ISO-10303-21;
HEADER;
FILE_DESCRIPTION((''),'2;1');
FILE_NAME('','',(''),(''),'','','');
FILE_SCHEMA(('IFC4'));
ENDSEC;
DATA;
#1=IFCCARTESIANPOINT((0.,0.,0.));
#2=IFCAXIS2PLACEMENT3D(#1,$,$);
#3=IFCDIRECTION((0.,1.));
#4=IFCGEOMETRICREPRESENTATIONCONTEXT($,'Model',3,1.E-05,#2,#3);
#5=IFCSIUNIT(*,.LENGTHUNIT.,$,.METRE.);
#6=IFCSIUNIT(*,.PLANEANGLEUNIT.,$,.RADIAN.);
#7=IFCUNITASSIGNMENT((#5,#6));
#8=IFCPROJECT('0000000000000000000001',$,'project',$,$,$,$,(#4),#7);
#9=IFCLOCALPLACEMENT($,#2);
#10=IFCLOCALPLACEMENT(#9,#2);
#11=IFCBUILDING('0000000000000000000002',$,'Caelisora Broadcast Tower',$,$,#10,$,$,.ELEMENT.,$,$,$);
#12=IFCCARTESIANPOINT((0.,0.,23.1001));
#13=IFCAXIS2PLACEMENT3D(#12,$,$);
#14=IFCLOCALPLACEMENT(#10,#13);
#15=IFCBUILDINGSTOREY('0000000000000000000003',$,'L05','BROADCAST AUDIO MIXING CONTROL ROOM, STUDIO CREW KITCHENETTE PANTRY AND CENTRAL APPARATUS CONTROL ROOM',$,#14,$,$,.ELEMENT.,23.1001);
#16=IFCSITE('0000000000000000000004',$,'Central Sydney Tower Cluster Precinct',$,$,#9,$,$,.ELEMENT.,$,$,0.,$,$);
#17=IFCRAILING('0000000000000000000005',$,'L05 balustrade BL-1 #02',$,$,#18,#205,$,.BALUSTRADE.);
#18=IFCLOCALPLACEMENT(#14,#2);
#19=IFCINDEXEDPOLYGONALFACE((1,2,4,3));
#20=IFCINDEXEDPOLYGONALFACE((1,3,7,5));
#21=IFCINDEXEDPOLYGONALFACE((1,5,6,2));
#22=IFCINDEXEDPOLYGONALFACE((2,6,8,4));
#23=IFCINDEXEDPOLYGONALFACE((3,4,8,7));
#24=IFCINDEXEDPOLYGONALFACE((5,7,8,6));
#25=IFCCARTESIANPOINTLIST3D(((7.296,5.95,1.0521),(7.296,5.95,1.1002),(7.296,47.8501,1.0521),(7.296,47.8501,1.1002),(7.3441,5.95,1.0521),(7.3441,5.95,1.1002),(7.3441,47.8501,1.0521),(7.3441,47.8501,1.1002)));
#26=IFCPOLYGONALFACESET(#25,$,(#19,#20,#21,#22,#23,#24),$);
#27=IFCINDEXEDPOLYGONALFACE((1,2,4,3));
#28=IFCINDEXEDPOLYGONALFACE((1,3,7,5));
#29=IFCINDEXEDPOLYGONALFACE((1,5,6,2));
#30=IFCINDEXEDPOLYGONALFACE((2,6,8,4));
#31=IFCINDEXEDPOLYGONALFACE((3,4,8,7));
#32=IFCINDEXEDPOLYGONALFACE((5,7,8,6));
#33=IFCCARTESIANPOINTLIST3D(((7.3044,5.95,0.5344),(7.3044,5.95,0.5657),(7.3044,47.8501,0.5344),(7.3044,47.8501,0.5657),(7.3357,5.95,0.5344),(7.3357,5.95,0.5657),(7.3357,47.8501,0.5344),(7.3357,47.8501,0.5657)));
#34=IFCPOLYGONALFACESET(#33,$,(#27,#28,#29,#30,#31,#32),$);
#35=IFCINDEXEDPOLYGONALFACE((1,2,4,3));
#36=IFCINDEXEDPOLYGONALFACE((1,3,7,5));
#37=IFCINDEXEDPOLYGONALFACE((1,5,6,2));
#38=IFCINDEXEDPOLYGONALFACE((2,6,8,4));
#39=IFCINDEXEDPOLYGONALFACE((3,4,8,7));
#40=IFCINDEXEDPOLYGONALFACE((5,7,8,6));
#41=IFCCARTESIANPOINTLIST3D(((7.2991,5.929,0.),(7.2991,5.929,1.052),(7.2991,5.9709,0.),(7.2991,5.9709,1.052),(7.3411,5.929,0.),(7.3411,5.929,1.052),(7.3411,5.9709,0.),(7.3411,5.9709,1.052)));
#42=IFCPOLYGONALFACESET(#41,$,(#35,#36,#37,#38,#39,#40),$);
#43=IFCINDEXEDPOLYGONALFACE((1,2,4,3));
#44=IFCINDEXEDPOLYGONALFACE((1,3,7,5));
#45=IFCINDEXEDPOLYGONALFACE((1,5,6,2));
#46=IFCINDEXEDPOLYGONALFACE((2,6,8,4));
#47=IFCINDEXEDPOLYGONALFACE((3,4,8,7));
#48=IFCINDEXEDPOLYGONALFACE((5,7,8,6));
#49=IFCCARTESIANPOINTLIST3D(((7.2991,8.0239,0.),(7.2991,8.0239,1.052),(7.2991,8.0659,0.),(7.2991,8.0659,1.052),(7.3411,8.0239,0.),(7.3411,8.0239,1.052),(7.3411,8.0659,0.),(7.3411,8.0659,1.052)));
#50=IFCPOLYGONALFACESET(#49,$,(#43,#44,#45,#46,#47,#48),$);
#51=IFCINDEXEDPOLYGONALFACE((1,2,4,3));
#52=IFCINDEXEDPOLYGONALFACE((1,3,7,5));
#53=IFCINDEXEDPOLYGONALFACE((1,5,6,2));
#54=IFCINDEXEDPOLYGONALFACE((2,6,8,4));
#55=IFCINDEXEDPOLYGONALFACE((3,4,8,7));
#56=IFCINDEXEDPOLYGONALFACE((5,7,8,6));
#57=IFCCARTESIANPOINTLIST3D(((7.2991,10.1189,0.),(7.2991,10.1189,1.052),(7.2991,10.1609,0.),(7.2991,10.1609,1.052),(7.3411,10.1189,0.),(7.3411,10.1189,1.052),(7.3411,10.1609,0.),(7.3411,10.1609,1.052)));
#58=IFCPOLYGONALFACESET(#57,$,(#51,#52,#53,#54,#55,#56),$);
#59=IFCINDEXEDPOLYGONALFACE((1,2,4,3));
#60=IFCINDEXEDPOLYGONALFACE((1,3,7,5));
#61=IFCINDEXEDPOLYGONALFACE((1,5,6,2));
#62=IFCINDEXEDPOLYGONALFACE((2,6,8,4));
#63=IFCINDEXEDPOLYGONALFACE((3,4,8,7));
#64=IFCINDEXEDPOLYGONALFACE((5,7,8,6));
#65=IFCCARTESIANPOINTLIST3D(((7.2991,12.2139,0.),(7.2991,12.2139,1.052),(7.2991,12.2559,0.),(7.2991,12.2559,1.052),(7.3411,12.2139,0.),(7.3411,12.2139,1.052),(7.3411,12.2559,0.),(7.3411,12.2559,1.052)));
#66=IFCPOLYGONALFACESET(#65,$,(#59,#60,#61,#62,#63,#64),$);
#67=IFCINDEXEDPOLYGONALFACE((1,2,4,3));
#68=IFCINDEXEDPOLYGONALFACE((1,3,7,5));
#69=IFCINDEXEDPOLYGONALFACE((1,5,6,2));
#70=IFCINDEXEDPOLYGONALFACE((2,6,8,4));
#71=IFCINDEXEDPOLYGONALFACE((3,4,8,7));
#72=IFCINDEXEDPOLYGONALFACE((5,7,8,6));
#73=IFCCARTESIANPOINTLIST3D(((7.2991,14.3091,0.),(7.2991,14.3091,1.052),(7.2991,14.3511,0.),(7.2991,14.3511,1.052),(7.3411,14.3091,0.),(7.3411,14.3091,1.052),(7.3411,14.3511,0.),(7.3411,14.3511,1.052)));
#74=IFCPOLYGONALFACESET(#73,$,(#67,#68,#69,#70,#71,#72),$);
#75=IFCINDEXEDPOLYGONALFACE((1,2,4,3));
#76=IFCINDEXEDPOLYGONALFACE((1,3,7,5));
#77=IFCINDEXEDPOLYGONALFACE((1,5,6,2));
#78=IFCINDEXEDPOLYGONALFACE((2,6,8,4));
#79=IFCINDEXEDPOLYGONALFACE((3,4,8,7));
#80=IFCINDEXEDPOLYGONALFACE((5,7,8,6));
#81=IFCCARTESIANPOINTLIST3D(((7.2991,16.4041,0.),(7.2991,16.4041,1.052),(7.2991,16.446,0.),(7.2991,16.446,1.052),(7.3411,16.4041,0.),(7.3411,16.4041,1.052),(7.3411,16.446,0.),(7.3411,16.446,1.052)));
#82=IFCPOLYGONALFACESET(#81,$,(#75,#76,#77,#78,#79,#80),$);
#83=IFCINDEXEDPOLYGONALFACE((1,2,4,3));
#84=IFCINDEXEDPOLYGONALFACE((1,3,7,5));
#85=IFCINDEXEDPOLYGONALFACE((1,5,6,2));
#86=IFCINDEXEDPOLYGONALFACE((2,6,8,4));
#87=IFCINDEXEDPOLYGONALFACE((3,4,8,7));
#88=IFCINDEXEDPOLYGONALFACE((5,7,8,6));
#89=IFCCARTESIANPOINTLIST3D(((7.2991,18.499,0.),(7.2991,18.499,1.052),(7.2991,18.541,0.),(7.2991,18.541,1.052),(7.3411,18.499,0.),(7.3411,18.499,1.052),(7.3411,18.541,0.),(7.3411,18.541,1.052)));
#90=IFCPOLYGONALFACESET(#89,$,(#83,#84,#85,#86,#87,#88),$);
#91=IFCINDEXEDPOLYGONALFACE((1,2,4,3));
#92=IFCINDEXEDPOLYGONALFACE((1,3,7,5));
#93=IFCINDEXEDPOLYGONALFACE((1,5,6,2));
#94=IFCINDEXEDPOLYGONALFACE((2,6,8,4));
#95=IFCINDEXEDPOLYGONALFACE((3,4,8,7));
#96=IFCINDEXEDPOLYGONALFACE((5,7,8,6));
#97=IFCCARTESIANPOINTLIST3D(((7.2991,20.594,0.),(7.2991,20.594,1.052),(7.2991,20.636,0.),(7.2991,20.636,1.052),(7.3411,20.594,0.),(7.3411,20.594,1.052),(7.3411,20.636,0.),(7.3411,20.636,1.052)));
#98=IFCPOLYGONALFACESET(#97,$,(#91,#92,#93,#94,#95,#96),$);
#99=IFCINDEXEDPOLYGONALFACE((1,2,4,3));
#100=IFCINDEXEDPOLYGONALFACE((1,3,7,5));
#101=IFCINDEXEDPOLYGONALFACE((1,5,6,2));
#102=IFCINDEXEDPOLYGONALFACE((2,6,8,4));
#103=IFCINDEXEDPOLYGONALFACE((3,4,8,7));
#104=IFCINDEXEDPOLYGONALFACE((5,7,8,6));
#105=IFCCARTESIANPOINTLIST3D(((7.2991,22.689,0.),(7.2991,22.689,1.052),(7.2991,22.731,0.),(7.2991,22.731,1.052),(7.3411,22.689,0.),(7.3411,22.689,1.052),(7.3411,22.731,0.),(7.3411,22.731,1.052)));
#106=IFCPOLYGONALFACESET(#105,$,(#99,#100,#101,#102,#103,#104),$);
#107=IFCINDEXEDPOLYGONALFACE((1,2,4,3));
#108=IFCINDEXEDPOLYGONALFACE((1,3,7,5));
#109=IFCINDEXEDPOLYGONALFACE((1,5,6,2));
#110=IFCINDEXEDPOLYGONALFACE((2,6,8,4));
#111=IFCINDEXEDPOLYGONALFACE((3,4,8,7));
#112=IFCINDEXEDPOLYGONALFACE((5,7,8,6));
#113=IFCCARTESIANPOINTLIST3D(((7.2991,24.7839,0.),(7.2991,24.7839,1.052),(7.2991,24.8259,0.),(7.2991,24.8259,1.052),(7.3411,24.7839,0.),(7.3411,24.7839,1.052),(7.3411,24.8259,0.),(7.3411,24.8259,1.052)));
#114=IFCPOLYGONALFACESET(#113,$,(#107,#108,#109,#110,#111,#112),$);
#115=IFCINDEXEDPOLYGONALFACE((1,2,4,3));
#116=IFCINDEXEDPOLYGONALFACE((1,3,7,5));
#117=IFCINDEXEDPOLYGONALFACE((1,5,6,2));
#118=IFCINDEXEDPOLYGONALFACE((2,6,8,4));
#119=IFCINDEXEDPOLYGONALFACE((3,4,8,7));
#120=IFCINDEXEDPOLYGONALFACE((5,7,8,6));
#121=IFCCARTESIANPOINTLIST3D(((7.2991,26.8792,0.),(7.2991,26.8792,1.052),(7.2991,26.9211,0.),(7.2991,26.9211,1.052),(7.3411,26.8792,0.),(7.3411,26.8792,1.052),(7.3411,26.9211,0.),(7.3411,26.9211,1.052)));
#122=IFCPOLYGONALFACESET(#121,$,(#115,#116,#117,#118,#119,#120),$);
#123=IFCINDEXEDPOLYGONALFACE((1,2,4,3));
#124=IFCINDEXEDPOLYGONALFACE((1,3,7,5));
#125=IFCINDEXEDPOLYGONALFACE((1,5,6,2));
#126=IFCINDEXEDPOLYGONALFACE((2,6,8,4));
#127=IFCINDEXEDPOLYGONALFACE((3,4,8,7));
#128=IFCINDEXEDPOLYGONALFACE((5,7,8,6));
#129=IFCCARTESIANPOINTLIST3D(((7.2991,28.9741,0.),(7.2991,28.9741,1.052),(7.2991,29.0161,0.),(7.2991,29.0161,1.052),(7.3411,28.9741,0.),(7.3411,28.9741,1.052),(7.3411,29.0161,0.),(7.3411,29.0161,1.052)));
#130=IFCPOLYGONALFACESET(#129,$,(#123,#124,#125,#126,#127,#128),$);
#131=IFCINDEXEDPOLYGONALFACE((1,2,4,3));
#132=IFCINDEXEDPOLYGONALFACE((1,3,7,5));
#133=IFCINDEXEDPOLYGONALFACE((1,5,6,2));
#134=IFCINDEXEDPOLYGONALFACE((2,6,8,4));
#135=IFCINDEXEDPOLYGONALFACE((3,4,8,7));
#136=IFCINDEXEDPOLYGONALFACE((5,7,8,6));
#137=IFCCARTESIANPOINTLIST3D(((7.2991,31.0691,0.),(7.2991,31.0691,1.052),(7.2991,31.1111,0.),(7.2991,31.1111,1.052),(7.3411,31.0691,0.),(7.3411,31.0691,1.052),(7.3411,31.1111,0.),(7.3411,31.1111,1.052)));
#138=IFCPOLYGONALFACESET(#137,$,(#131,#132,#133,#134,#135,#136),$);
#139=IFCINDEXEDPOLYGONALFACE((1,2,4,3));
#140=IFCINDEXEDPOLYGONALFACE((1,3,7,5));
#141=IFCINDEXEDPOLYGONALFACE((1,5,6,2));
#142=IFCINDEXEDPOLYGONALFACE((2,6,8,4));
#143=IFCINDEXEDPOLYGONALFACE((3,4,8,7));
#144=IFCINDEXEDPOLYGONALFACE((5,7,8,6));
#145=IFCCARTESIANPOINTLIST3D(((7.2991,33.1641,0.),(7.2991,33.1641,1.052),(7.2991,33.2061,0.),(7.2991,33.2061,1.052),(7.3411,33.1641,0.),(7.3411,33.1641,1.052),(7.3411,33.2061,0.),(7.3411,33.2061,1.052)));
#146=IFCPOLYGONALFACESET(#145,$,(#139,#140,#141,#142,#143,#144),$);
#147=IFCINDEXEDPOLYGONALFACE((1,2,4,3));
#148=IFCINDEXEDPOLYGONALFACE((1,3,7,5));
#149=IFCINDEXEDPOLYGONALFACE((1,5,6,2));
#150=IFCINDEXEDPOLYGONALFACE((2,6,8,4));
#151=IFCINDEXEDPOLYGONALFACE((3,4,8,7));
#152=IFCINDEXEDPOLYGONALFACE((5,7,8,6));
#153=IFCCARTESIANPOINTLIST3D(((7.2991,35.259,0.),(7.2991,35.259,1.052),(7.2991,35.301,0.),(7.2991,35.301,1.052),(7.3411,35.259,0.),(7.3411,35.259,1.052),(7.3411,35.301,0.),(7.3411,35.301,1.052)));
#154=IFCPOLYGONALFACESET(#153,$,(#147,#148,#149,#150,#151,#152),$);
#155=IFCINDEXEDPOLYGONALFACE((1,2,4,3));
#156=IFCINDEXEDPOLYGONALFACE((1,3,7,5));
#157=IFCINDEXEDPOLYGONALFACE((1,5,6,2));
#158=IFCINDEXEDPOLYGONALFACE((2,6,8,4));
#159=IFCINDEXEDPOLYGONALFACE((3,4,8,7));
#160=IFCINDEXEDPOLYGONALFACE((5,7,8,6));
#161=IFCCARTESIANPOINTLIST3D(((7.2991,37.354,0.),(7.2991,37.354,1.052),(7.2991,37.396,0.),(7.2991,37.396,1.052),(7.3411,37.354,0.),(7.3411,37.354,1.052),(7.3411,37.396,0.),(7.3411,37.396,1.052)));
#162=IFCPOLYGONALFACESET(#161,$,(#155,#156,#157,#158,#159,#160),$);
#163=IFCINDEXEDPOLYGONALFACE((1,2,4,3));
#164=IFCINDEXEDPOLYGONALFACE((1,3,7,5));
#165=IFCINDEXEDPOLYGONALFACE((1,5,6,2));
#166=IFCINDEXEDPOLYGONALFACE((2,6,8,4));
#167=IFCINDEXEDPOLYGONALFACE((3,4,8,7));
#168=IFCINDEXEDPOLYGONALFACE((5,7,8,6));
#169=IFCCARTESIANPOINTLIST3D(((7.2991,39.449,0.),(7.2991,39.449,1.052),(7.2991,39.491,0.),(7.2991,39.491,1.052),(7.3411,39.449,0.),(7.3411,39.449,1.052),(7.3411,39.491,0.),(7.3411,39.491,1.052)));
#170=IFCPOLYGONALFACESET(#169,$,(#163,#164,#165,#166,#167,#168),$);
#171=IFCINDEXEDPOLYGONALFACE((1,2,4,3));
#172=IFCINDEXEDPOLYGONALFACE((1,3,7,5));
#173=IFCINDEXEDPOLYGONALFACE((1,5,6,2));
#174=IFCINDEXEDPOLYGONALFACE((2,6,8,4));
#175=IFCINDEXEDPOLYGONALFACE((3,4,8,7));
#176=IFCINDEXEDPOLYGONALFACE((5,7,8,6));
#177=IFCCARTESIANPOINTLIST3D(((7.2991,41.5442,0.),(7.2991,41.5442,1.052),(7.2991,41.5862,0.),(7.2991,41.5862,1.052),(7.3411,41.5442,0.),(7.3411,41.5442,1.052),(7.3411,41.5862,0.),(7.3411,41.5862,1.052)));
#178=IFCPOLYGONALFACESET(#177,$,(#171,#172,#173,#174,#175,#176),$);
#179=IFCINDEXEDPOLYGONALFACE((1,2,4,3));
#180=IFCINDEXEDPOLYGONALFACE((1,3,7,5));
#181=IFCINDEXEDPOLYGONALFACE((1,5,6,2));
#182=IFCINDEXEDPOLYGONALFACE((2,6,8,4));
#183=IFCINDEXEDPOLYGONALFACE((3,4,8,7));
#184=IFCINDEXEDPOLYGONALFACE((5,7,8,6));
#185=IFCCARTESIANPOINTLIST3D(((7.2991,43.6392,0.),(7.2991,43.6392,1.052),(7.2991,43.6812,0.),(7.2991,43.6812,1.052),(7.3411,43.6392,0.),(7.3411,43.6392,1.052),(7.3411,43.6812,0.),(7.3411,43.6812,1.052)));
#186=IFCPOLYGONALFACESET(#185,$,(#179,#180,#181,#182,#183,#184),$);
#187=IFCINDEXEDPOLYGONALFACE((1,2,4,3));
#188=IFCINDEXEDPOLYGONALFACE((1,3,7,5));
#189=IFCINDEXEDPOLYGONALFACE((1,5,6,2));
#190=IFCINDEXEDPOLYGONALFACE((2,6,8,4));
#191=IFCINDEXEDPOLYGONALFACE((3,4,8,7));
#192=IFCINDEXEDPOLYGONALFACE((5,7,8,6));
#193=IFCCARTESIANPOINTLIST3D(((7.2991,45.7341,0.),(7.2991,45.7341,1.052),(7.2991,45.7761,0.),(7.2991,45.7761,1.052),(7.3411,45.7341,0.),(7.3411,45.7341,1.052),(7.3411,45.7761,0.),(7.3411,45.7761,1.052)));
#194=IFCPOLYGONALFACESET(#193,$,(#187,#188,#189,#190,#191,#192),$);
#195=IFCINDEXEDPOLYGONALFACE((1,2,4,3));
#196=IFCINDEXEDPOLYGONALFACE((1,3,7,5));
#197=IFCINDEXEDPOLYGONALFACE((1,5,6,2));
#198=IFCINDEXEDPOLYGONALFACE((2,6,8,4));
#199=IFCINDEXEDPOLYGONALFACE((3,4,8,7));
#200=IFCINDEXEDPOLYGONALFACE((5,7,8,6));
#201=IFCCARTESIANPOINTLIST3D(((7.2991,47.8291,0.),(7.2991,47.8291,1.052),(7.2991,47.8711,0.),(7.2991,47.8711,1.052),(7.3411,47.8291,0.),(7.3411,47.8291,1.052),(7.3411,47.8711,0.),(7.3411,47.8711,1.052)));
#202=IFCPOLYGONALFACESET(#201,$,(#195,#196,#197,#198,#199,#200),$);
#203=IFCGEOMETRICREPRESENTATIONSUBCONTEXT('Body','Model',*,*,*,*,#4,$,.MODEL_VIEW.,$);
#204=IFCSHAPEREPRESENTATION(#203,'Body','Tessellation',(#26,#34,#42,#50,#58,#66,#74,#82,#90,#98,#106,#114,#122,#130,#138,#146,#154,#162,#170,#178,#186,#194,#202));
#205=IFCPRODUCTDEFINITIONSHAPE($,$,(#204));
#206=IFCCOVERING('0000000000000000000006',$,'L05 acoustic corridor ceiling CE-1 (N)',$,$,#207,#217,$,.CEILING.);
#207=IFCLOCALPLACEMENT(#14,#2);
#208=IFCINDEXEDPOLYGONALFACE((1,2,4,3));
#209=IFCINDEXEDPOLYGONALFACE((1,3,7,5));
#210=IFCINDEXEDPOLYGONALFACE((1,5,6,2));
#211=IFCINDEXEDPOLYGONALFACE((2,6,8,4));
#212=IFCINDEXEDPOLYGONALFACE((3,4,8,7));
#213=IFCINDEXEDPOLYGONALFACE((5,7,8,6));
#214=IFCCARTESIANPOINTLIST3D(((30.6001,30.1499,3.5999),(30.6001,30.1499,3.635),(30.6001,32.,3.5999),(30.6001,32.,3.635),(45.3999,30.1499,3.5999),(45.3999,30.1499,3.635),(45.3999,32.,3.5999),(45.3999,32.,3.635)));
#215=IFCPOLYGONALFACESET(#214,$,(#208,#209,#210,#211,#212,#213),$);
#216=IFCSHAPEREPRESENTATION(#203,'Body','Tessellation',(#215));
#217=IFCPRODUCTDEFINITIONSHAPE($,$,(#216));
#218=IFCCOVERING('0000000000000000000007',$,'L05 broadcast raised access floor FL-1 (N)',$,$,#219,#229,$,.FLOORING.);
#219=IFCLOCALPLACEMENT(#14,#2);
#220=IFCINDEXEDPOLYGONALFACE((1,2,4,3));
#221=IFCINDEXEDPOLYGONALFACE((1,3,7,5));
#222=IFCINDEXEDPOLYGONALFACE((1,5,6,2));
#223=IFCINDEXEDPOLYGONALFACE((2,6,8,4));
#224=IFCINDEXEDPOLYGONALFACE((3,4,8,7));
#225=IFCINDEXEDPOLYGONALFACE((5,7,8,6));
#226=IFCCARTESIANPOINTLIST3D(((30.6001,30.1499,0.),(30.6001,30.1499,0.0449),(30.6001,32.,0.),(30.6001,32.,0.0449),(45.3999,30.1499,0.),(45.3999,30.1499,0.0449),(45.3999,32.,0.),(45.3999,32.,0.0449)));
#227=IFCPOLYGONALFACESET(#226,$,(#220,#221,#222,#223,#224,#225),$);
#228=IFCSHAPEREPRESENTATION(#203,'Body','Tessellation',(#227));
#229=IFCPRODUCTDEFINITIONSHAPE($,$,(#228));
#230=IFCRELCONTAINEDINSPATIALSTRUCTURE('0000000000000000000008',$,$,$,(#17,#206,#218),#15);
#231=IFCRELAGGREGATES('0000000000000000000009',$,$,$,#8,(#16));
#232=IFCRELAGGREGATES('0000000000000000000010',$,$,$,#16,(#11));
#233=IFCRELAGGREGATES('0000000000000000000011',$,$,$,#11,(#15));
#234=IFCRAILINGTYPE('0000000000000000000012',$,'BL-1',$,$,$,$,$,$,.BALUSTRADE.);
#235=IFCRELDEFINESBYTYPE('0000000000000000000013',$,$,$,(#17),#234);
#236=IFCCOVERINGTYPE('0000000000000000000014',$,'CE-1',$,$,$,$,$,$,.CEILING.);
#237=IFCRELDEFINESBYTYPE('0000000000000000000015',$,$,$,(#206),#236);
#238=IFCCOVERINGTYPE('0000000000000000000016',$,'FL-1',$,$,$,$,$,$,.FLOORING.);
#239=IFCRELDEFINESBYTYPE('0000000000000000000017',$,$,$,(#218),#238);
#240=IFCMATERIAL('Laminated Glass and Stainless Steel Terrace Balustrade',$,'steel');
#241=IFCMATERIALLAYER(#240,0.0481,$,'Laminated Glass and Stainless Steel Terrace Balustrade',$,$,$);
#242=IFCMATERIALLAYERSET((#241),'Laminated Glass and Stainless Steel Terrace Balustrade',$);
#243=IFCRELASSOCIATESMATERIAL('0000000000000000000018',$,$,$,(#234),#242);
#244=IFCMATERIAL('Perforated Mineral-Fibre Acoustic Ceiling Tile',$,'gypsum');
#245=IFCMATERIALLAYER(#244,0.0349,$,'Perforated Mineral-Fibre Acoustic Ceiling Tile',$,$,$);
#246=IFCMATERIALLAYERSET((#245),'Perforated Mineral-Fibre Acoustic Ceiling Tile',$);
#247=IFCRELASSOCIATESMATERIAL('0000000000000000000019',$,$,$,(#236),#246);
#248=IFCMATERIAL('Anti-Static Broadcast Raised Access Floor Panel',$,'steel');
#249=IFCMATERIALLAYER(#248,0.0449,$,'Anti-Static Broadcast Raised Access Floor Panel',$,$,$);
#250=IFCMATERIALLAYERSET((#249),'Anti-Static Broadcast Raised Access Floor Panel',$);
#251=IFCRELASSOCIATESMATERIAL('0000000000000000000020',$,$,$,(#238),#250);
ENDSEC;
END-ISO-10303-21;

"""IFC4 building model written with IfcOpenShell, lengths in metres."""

from ifc_helpers import new_model, si_unit, direction, frame, origin, origin_2d, place, context, subcontext, project, spatial, polyline, rectangle, outline, extrude, material, layer, layer_set, type_object, element, save


model = new_model("IFC4")

# Units and contexts
model_context = context("Model", 3, precision=1e-05, world=origin(), true_north=direction((0.0, 1.0)))
body_context = subcontext(model_context, "Body", "Model", "MODEL_VIEW")
ifc_project = project(units=[si_unit("LENGTHUNIT", "METRE"), si_unit("PLANEANGLEUNIT", "RADIAN")], contexts=[model_context])

# Site, building, storey
site_placement = place(None, origin())
site = spatial("IfcSite", under=ifc_project, at=site_placement, Name="Central Sydney Tower Cluster Precinct", CompositionType="ELEMENT", RefElevation=0.0)
building_placement = place(site_placement, origin())
building = spatial("IfcBuilding", under=site, at=building_placement, Name="Caelisora Broadcast Tower", CompositionType="ELEMENT")
storey_placement = place(building_placement, frame((0.0, 0.0, 23.1001)))
storey = spatial("IfcBuildingStorey", under=building, at=storey_placement, Name="L05", Description="BROADCAST AUDIO MIXING CONTROL ROOM, STUDIO CREW KITCHENETTE PANTRY AND CENTRAL APPARATUS CONTROL ROOM", CompositionType="ELEMENT", Elevation=23.1001)

# Railing
ifc_material_1 = material(Name="Laminated Glass and Stainless Steel Terrace Balustrade", Category="steel")
ifc_layer_1 = layer(ifc_material_1, 0.0481, Name="Laminated Glass and Stainless Steel Terrace Balustrade")
ifc_layer_set_1 = layer_set([ifc_layer_1], Name="Laminated Glass and Stainless Steel Terrace Balustrade")
railing_type = type_object("IfcRailingType", Name="BL-1", PredefinedType="BALUSTRADE", material=ifc_layer_set_1)
railing_1_placement = place(storey_placement, frame((7.3201, 5.95, 0.0)))
element("IfcRailing", 1, at=railing_1_placement, inside=storey, type_object=railing_type, Name="L05 balustrade BL-1 #02", PredefinedType="BALUSTRADE", context=body_context, shape_type="SweptSolid", body=[
    extrude(rectangle(XDim=0.0481, YDim=0.0481, at=origin_2d()), frame((0.0, 0.0, 1.0762), z_axis=(0.0, 1.0, 0.0), x_axis=(-1.0, 0.0, 0.0)), (0.0, 0.0, 1.0), 41.9001),
    extrude(rectangle(XDim=0.0312, YDim=0.0312, at=origin_2d()), frame((0.0, 0.0, 0.55), z_axis=(0.0, 1.0, 0.0), x_axis=(-1.0, 0.0, 0.0)), (0.0, 0.0, 1.0), 41.9001),
    extrude(rectangle(XDim=0.042, YDim=0.042, at=origin_2d()), origin(), (0.0, 0.0, 1.0), 1.052),
    extrude(rectangle(XDim=0.042, YDim=0.042, at=origin_2d()), frame((0.0, 2.095, 0.0)), (0.0, 0.0, 1.0), 1.052),
    extrude(rectangle(XDim=0.042, YDim=0.042, at=origin_2d()), frame((0.0, 4.1899, 0.0)), (0.0, 0.0, 1.0), 1.052),
    extrude(rectangle(XDim=0.042, YDim=0.042, at=origin_2d()), frame((0.0, 6.2849, 0.0)), (0.0, 0.0, 1.0), 1.052),
    extrude(rectangle(XDim=0.042, YDim=0.042, at=origin_2d()), frame((0.0, 8.3801, 0.0)), (0.0, 0.0, 1.0), 1.052),
    extrude(rectangle(XDim=0.042, YDim=0.042, at=origin_2d()), frame((0.0, 10.4751, 0.0)), (0.0, 0.0, 1.0), 1.052),
    extrude(rectangle(XDim=0.042, YDim=0.042, at=origin_2d()), frame((0.0, 12.5701, 0.0)), (0.0, 0.0, 1.0), 1.052),
    extrude(rectangle(XDim=0.042, YDim=0.042, at=origin_2d()), frame((0.0, 14.665, 0.0)), (0.0, 0.0, 1.0), 1.052),
    extrude(rectangle(XDim=0.042, YDim=0.042, at=origin_2d()), frame((0.0, 16.76, 0.0)), (0.0, 0.0, 1.0), 1.052),
    extrude(rectangle(XDim=0.042, YDim=0.042, at=origin_2d()), frame((0.0, 18.855, 0.0)), (0.0, 0.0, 1.0), 1.052),
    extrude(rectangle(XDim=0.042, YDim=0.042, at=origin_2d()), frame((0.0, 20.9502, 0.0)), (0.0, 0.0, 1.0), 1.052),
    extrude(rectangle(XDim=0.042, YDim=0.042, at=origin_2d()), frame((0.0, 23.0452, 0.0)), (0.0, 0.0, 1.0), 1.052),
    extrude(rectangle(XDim=0.042, YDim=0.042, at=origin_2d()), frame((0.0, 25.1401, 0.0)), (0.0, 0.0, 1.0), 1.052),
    extrude(rectangle(XDim=0.042, YDim=0.042, at=origin_2d()), frame((0.0, 27.2351, 0.0)), (0.0, 0.0, 1.0), 1.052),
    extrude(rectangle(XDim=0.042, YDim=0.042, at=origin_2d()), frame((0.0, 29.3301, 0.0)), (0.0, 0.0, 1.0), 1.052),
    extrude(rectangle(XDim=0.042, YDim=0.042, at=origin_2d()), frame((0.0, 31.425, 0.0)), (0.0, 0.0, 1.0), 1.052),
    extrude(rectangle(XDim=0.042, YDim=0.042, at=origin_2d()), frame((0.0, 33.52, 0.0)), (0.0, 0.0, 1.0), 1.052),
    extrude(rectangle(XDim=0.042, YDim=0.042, at=origin_2d()), frame((0.0, 35.6152, 0.0)), (0.0, 0.0, 1.0), 1.052),
    extrude(rectangle(XDim=0.042, YDim=0.042, at=origin_2d()), frame((0.0, 37.7102, 0.0)), (0.0, 0.0, 1.0), 1.052),
    extrude(rectangle(XDim=0.042, YDim=0.042, at=origin_2d()), frame((0.0, 39.8052, 0.0)), (0.0, 0.0, 1.0), 1.052),
    extrude(rectangle(XDim=0.042, YDim=0.042, at=origin_2d()), frame((0.0, 41.9001, 0.0)), (0.0, 0.0, 1.0), 1.052),
])

# Coverings
ifc_material_2 = material(Name="Perforated Mineral-Fibre Acoustic Ceiling Tile", Category="gypsum")
ifc_layer_2 = layer(ifc_material_2, 0.0349, Name="Perforated Mineral-Fibre Acoustic Ceiling Tile")
ifc_layer_set_2 = layer_set([ifc_layer_2], Name="Perforated Mineral-Fibre Acoustic Ceiling Tile")
covering_type_1 = type_object("IfcCoveringType", Name="CE-1", PredefinedType="CEILING", material=ifc_layer_set_2)
covering_1_placement = place(storey_placement, frame((0.0, 0.0, 3.5999)))
element("IfcCovering", 2, at=covering_1_placement, inside=storey, type_object=covering_type_1, Name="L05 acoustic corridor ceiling CE-1 (N)", PredefinedType="CEILING", context=body_context, shape_type="SweptSolid", body=[
    extrude(outline(polyline([(30.6001, 30.1499), (45.3999, 30.1499), (45.3999, 32.0), (30.6001, 32.0), (30.6001, 30.1499)])), origin(), (0.0, 0.0, 1.0), 0.0352),
])
ifc_material_3 = material(Name="Anti-Static Broadcast Raised Access Floor Panel", Category="steel")
ifc_layer_3 = layer(ifc_material_3, 0.0449, Name="Anti-Static Broadcast Raised Access Floor Panel")
ifc_layer_set_3 = layer_set([ifc_layer_3], Name="Anti-Static Broadcast Raised Access Floor Panel")
covering_type_2 = type_object("IfcCoveringType", Name="FL-1", PredefinedType="FLOORING", material=ifc_layer_set_3)
covering_2_placement = place(storey_placement, origin())
element("IfcCovering", 3, at=covering_2_placement, inside=storey, type_object=covering_type_2, Name="L05 broadcast raised access floor FL-1 (N)", PredefinedType="FLOORING", context=body_context, shape_type="SweptSolid", body=[
    extrude(outline(polyline([(30.6001, 30.1499), (45.3999, 30.1499), (45.3999, 32.0), (30.6001, 32.0), (30.6001, 30.1499)])), origin(), (0.0, 0.0, 1.0), 0.0449),
])

save(model, "model.ifc")
